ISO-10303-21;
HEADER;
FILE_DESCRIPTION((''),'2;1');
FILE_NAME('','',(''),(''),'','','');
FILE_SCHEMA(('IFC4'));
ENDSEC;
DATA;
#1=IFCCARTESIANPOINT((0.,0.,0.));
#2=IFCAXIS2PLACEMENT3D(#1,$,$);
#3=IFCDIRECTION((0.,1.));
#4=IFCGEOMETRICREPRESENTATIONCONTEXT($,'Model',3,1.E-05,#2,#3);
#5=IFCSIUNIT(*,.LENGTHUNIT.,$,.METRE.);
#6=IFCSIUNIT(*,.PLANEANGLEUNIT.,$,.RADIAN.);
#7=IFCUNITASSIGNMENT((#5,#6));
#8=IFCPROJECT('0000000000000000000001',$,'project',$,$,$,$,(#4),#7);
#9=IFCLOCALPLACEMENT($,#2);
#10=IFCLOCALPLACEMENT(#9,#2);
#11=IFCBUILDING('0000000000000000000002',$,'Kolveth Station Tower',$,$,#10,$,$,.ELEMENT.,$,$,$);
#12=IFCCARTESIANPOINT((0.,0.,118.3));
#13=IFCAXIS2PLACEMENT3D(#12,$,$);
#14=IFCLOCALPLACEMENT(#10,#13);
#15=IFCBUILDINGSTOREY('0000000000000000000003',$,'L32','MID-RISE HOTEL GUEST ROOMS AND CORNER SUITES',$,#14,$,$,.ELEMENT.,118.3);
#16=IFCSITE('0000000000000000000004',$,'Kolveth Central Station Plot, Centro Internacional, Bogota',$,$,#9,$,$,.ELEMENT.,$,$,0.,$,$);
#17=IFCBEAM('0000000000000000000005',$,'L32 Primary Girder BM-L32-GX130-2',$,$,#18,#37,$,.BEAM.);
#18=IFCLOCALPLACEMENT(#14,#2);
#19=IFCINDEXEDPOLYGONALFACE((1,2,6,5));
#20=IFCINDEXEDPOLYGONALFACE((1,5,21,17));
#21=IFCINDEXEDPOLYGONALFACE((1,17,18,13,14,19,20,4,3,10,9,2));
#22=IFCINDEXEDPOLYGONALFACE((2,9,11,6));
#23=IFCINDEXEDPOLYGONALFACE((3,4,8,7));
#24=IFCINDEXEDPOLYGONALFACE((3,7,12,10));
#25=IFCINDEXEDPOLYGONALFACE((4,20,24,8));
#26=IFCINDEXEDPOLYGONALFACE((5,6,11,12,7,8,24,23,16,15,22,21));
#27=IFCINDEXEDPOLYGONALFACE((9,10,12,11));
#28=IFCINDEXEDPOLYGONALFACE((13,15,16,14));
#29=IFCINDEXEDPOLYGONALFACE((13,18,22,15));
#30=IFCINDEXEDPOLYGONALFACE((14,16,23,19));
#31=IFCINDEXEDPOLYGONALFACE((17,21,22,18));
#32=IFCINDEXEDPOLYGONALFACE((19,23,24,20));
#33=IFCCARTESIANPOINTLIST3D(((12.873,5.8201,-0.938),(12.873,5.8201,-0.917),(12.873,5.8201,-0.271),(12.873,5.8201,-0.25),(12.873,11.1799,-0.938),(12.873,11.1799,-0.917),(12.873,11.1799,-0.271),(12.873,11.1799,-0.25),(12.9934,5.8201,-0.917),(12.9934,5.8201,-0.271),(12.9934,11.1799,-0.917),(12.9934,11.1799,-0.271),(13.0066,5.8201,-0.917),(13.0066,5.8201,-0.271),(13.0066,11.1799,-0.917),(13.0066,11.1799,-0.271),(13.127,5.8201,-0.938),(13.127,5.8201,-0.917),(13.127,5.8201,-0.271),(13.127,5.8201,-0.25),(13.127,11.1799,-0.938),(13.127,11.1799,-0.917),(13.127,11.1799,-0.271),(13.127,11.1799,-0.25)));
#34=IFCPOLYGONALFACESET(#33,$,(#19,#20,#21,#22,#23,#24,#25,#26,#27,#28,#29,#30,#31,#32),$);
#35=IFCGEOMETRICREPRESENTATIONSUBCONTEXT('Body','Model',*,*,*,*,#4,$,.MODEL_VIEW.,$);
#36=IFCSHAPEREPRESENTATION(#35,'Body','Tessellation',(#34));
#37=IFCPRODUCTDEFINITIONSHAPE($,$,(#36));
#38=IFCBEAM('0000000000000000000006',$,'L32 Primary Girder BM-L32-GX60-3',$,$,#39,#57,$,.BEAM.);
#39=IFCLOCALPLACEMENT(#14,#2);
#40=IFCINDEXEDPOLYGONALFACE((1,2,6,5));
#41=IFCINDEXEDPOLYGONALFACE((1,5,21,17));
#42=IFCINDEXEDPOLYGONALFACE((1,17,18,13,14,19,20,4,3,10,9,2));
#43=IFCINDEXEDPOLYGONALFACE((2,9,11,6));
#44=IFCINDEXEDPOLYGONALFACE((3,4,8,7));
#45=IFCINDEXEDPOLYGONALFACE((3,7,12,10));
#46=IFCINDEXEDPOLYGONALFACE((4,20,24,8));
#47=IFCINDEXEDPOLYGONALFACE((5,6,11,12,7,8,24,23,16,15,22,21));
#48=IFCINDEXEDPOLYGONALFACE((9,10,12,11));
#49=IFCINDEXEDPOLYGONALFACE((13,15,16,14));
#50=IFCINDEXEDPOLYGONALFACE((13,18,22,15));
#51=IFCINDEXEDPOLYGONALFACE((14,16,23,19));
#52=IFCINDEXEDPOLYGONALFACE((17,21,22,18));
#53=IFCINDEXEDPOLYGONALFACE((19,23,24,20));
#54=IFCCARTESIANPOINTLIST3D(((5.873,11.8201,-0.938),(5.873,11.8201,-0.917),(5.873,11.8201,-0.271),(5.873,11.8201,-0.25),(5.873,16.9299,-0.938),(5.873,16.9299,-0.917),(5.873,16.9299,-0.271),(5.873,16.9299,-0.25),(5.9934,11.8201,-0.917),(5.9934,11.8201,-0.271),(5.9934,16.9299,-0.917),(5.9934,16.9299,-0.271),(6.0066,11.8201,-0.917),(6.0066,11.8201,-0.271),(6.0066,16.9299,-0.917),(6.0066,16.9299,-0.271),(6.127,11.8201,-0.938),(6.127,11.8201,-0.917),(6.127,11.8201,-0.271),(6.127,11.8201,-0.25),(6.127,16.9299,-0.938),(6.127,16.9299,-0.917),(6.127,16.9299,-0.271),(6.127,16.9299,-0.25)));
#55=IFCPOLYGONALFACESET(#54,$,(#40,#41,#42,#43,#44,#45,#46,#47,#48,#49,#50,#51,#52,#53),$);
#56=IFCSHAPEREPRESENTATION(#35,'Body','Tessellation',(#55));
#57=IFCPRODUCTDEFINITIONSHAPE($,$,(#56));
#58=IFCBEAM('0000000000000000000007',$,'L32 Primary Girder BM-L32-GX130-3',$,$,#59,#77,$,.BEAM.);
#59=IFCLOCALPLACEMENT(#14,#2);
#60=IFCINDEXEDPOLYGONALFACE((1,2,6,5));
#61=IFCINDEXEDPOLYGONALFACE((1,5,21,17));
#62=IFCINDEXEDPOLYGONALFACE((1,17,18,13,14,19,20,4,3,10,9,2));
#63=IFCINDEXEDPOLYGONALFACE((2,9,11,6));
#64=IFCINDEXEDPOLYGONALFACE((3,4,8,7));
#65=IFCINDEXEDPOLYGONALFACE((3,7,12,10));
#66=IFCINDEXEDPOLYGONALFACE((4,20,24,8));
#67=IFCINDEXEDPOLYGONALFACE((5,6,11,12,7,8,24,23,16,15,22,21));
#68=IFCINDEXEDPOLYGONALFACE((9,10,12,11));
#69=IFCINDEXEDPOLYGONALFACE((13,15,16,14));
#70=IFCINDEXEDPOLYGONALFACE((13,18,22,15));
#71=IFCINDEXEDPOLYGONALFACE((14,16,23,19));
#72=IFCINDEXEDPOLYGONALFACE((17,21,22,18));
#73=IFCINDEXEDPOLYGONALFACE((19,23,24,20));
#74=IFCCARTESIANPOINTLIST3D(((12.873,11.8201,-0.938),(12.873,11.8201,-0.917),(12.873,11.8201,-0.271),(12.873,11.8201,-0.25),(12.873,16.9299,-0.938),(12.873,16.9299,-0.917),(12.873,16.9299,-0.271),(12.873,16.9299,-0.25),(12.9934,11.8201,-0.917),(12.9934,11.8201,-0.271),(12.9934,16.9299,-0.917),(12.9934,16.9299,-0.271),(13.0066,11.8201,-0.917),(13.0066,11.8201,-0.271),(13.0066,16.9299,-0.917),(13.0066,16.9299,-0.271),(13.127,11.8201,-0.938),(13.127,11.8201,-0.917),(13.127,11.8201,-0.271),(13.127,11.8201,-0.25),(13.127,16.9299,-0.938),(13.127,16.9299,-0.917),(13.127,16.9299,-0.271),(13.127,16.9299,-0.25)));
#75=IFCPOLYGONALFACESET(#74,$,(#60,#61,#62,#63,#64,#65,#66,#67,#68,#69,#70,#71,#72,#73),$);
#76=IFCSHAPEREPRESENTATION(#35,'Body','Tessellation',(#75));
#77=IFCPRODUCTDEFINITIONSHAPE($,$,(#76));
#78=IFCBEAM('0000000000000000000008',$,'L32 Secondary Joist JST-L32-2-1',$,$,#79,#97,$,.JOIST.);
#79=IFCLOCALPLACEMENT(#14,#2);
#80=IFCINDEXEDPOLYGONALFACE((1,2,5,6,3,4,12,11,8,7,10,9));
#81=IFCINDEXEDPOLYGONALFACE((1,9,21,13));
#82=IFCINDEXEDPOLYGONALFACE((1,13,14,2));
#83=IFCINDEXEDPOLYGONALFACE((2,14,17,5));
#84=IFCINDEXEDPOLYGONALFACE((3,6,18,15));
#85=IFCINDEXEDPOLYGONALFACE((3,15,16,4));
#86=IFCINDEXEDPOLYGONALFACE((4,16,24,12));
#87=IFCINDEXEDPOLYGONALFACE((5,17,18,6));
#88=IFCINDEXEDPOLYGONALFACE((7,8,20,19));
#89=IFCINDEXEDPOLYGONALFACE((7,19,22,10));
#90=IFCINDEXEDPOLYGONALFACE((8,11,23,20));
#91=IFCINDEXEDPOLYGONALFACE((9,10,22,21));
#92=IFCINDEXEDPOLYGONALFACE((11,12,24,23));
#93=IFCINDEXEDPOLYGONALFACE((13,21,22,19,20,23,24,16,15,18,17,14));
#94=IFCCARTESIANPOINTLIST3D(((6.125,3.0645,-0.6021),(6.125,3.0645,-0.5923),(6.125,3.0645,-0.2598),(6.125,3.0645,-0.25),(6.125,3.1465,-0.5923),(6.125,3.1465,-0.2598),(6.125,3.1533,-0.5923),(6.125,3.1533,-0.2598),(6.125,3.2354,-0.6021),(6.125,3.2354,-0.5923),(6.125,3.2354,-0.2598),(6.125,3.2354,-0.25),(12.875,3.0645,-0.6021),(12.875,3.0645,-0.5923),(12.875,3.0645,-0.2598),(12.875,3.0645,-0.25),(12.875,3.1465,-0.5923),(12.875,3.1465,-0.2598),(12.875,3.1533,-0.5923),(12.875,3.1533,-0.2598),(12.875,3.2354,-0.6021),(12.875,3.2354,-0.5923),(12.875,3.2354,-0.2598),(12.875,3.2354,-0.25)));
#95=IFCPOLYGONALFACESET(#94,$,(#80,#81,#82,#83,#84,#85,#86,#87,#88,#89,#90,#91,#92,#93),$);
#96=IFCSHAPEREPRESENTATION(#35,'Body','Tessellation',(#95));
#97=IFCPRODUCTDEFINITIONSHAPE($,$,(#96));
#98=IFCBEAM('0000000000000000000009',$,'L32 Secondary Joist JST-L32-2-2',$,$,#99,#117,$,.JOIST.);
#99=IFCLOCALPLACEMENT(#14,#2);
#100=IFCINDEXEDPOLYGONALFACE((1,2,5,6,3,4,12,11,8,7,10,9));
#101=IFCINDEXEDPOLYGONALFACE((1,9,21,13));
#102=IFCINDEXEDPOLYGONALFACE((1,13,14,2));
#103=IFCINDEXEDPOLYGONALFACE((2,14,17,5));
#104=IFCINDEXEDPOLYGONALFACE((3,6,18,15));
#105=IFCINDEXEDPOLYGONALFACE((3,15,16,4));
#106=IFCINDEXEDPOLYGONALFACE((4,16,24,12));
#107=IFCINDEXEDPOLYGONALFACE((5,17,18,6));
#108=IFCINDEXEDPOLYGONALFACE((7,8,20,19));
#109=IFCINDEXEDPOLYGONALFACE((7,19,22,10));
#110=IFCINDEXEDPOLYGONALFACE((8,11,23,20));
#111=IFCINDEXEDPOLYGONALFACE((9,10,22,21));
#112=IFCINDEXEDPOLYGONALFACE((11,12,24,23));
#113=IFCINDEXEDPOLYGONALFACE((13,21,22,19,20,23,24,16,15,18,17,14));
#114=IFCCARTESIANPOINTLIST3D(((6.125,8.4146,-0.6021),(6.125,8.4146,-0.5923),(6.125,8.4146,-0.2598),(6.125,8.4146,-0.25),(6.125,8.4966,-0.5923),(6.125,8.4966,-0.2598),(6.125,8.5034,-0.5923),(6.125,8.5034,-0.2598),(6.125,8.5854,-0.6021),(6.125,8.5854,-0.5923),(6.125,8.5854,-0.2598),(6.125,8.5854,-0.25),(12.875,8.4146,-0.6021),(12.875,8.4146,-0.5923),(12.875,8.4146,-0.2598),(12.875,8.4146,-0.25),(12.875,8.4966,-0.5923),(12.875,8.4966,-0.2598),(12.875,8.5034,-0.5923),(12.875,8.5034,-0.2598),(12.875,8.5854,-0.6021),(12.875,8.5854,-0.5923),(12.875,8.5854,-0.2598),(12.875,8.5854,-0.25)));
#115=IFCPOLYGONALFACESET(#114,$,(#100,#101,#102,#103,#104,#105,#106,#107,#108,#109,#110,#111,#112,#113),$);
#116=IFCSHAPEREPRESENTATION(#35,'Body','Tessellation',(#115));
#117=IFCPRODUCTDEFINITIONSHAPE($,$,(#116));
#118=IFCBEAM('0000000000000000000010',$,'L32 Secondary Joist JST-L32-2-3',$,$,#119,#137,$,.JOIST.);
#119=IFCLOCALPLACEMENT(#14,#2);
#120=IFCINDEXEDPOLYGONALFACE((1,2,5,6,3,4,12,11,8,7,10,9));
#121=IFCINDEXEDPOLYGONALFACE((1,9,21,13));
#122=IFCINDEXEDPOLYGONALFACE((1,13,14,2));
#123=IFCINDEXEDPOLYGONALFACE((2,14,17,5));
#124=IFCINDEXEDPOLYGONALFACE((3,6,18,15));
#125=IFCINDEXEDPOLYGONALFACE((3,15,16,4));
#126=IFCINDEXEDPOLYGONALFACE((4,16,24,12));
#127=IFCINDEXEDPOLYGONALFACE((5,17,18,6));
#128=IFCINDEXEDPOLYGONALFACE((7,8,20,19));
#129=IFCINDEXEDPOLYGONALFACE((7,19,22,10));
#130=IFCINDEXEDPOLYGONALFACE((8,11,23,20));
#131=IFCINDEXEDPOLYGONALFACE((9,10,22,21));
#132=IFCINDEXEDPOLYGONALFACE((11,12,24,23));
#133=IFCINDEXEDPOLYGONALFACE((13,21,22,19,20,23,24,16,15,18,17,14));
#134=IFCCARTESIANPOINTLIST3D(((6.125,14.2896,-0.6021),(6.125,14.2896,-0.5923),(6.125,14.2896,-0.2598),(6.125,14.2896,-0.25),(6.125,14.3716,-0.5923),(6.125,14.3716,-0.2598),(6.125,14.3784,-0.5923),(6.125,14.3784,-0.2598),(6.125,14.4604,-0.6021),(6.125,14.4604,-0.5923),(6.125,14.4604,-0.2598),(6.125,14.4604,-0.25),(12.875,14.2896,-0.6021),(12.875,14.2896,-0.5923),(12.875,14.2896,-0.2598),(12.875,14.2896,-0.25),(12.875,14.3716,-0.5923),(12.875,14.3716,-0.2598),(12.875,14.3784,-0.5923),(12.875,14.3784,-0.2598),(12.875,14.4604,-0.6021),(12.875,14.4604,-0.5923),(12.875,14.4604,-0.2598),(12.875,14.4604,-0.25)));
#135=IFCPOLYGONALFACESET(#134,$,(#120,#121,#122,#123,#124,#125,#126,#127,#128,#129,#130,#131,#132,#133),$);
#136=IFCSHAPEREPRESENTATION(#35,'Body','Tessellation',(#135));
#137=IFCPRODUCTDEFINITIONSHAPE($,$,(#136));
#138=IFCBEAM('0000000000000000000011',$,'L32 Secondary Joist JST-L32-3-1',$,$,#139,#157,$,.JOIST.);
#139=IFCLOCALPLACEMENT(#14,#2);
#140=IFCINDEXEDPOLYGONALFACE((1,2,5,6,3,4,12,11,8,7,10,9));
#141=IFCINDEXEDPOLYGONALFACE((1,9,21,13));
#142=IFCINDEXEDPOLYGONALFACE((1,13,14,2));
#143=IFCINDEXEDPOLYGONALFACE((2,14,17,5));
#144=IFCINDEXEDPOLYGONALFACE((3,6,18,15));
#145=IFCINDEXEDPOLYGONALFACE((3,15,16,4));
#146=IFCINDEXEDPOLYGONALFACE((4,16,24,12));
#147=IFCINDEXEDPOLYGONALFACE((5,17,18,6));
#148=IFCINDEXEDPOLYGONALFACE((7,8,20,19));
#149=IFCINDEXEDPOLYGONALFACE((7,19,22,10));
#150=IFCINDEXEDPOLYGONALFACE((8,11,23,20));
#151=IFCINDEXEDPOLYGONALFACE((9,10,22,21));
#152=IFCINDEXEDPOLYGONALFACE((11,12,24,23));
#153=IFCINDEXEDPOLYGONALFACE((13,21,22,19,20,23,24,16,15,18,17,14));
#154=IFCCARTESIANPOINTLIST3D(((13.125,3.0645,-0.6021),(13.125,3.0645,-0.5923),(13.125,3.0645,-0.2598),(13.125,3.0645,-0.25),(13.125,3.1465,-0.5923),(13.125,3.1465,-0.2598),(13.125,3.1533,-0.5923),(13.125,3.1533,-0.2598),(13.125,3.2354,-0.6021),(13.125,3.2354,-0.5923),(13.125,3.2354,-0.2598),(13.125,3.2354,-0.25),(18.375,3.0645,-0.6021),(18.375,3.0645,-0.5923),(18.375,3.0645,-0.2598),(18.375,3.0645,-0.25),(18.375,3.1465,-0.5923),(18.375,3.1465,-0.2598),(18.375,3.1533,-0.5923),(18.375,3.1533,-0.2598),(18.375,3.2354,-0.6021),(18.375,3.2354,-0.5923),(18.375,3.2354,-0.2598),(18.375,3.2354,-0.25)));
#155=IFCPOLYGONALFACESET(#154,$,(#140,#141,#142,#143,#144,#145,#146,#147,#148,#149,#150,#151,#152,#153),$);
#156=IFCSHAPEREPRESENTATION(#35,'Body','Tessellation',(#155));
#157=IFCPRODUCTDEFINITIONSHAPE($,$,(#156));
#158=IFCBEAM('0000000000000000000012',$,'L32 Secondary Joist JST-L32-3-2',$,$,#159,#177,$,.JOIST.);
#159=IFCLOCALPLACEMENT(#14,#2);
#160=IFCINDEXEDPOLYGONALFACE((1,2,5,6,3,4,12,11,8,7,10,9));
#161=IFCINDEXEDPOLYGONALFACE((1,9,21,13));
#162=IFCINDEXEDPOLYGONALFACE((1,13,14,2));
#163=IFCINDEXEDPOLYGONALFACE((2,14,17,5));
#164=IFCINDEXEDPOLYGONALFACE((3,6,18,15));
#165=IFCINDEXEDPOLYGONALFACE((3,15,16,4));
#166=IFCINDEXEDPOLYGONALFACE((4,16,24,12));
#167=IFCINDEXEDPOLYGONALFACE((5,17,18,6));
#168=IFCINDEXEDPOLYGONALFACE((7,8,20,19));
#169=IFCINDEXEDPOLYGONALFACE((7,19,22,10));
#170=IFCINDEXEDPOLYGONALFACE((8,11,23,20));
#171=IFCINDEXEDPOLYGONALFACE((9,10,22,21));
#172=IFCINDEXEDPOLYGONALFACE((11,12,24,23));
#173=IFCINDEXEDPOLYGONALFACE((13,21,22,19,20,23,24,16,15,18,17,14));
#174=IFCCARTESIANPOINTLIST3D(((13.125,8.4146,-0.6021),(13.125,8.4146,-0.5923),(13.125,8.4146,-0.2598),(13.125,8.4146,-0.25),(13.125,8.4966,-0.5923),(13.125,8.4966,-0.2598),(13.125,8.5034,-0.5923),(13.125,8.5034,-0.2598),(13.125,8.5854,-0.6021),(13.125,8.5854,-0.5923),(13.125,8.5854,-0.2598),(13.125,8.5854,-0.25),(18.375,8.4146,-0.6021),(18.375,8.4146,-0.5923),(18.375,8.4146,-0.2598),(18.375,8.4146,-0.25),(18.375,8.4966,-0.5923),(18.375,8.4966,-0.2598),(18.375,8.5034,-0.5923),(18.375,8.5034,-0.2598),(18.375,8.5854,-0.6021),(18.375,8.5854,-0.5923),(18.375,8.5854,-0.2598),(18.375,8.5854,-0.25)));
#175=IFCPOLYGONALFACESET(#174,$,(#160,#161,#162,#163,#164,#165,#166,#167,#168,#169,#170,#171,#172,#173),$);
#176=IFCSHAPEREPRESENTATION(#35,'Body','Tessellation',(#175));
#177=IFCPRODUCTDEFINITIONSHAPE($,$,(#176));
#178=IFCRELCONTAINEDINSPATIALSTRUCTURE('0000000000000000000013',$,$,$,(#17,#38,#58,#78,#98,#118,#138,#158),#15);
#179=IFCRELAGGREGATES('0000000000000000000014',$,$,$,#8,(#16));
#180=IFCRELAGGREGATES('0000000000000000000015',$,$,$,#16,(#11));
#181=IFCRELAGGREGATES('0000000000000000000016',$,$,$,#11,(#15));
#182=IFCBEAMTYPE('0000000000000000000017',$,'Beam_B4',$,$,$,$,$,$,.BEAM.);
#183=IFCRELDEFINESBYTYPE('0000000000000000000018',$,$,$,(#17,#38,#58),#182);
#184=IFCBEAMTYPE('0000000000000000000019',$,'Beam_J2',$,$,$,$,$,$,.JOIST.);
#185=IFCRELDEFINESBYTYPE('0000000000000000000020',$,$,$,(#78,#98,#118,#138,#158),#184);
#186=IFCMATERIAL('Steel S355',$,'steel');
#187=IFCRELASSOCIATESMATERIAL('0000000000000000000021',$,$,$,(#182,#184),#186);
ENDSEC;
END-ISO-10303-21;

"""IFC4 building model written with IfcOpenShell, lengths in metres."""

from ifc_helpers import new_model, si_unit, direction, frame, origin, origin_2d, place, context, subcontext, project, spatial, i_section, extrude, source, transform, mapped, material, material_profile, profile_set, type_object, element, save


model = new_model("IFC4")

# Units and contexts
model_context = context("Model", 3, precision=1e-05, world=origin(), true_north=direction((0.0, 1.0)))
body_context = subcontext(model_context, "Body", "Model", "MODEL_VIEW")
ifc_project = project(units=[si_unit("LENGTHUNIT", "METRE"), si_unit("PLANEANGLEUNIT", "RADIAN")], contexts=[model_context])

# Site, building, storey
site_placement = place(None, origin())
site = spatial("IfcSite", under=ifc_project, at=site_placement, Name="Kolveth Central Station Plot, Centro Internacional, Bogota", CompositionType="ELEMENT", RefElevation=0.0)
building_placement = place(site_placement, origin())
building = spatial("IfcBuilding", under=site, at=building_placement, Name="Kolveth Station Tower", CompositionType="ELEMENT")
storey_placement = place(building_placement, frame((0.0, 0.0, 118.3)))
storey = spatial("IfcBuildingStorey", under=building, at=storey_placement, Name="L32", Description="MID-RISE HOTEL GUEST ROOMS AND CORNER SUITES", CompositionType="ELEMENT", Elevation=118.3)

# Beams
ifc_material_1 = material(Name="Steel S355", Category="steel")
ifc_material_profile_1 = material_profile(ifc_material_1, i_section(OverallWidth=0.2539, OverallDepth=0.688, WebThickness=0.0132, FlangeThickness=0.021, at=origin_2d()), Name="W690x152")
ifc_profile_set_1 = profile_set([ifc_material_profile_1], Name="Steel S355")
beam_type_1 = type_object("IfcBeamType", Name="Beam_B4", PredefinedType="BEAM", material=ifc_profile_set_1)
shared_shape_1 = source(origin(), body_context, "Body", "SweptSolid", [
    extrude(i_section(OverallWidth=0.2539, OverallDepth=0.688, WebThickness=0.0132, FlangeThickness=0.021, at=origin_2d()), origin(), (0.0, 0.0, 1.0), 5.3599),
])
for number, where, z_axis, x_axis, name in (
    (1, (13.0, 5.8201, -0.594), (0.0, 1.0, 0.0), (-1.0, 0.0, 0.0), "L32 Primary Girder BM-L32-GX130-2"),
):
    element("IfcBeam", number, at=place(storey_placement, frame(where, z_axis=z_axis, x_axis=x_axis)), inside=storey, type_object=beam_type_1, Name=name, PredefinedType="BEAM", context=body_context, shape_type="MappedRepresentation", body=[
        mapped(shared_shape_1, transform((0.0, 0.0, 0.0), x_axis=(1.0, 0.0, 0.0), y_axis=(0.0, 1.0, 0.0), z_axis=(0.0, 0.0, 1.0), scale=1.0)),
    ])
shared_shape_2 = source(origin(), body_context, "Body", "SweptSolid", [
    extrude(i_section(OverallWidth=0.2539, OverallDepth=0.688, WebThickness=0.0132, FlangeThickness=0.021, at=origin_2d()), origin(), (0.0, 0.0, 1.0), 5.1099),
])
for number, where, z_axis, x_axis, name in (
    (2, (6.0, 11.8201, -0.594), (0.0, 1.0, 0.0), (-1.0, 0.0, 0.0), "L32 Primary Girder BM-L32-GX60-3"),
    (3, (13.0, 11.8201, -0.594), (0.0, 1.0, 0.0), (-1.0, 0.0, 0.0), "L32 Primary Girder BM-L32-GX130-3"),
):
    element("IfcBeam", number, at=place(storey_placement, frame(where, z_axis=z_axis, x_axis=x_axis)), inside=storey, type_object=beam_type_1, Name=name, PredefinedType="BEAM", context=body_context, shape_type="MappedRepresentation", body=[
        mapped(shared_shape_2, transform((0.0, 0.0, 0.0), x_axis=(1.0, 0.0, 0.0), y_axis=(0.0, 1.0, 0.0), z_axis=(0.0, 0.0, 1.0), scale=1.0)),
    ])
ifc_material_profile_2 = material_profile(ifc_material_1, i_section(OverallWidth=0.1709, OverallDepth=0.3521, WebThickness=0.0068, FlangeThickness=0.0098, at=origin_2d()), Name="W360x44")
ifc_profile_set_2 = profile_set([ifc_material_profile_2], Name="Steel S355")
beam_type_2 = type_object("IfcBeamType", Name="Beam_J2", PredefinedType="JOIST", material=ifc_profile_set_2)
shared_shape_3 = source(origin(), body_context, "Body", "SweptSolid", [
    extrude(i_section(OverallWidth=0.1709, OverallDepth=0.3521, WebThickness=0.0068, FlangeThickness=0.0098, at=origin_2d()), origin(), (0.0, 0.0, 1.0), 6.75),
])
for number, where, z_axis, x_axis, name in (
    (4, (6.125, 3.1499, -0.426), (1.0, 0.0, 0.0), (0.0, 1.0, 0.0), "L32 Secondary Joist JST-L32-2-1"),
    (5, (6.125, 8.5, -0.426), (1.0, 0.0, 0.0), (0.0, 1.0, 0.0), "L32 Secondary Joist JST-L32-2-2"),
    (6, (6.125, 14.375, -0.426), (1.0, 0.0, 0.0), (0.0, 1.0, 0.0), "L32 Secondary Joist JST-L32-2-3"),
):
    element("IfcBeam", number, at=place(storey_placement, frame(where, z_axis=z_axis, x_axis=x_axis)), inside=storey, type_object=beam_type_2, Name=name, PredefinedType="JOIST", context=body_context, shape_type="MappedRepresentation", body=[
        mapped(shared_shape_3, transform((0.0, 0.0, 0.0), x_axis=(1.0, 0.0, 0.0), y_axis=(0.0, 1.0, 0.0), z_axis=(0.0, 0.0, 1.0), scale=1.0)),
    ])
shared_shape_4 = source(origin(), body_context, "Body", "SweptSolid", [
    extrude(i_section(OverallWidth=0.1709, OverallDepth=0.3521, WebThickness=0.0068, FlangeThickness=0.0098, at=origin_2d()), origin(), (0.0, 0.0, 1.0), 5.25),
])
for number, where, z_axis, x_axis, name in (
    (7, (13.125, 3.1499, -0.426), (1.0, 0.0, 0.0), (0.0, 1.0, 0.0), "L32 Secondary Joist JST-L32-3-1"),
    (8, (13.125, 8.5, -0.426), (1.0, 0.0, 0.0), (0.0, 1.0, 0.0), "L32 Secondary Joist JST-L32-3-2"),
):
    element("IfcBeam", number, at=place(storey_placement, frame(where, z_axis=z_axis, x_axis=x_axis)), inside=storey, type_object=beam_type_2, Name=name, PredefinedType="JOIST", context=body_context, shape_type="MappedRepresentation", body=[
        mapped(shared_shape_4, transform((0.0, 0.0, 0.0), x_axis=(1.0, 0.0, 0.0), y_axis=(0.0, 1.0, 0.0), z_axis=(0.0, 0.0, 1.0), scale=1.0)),
    ])

save(model, "model.ifc")
